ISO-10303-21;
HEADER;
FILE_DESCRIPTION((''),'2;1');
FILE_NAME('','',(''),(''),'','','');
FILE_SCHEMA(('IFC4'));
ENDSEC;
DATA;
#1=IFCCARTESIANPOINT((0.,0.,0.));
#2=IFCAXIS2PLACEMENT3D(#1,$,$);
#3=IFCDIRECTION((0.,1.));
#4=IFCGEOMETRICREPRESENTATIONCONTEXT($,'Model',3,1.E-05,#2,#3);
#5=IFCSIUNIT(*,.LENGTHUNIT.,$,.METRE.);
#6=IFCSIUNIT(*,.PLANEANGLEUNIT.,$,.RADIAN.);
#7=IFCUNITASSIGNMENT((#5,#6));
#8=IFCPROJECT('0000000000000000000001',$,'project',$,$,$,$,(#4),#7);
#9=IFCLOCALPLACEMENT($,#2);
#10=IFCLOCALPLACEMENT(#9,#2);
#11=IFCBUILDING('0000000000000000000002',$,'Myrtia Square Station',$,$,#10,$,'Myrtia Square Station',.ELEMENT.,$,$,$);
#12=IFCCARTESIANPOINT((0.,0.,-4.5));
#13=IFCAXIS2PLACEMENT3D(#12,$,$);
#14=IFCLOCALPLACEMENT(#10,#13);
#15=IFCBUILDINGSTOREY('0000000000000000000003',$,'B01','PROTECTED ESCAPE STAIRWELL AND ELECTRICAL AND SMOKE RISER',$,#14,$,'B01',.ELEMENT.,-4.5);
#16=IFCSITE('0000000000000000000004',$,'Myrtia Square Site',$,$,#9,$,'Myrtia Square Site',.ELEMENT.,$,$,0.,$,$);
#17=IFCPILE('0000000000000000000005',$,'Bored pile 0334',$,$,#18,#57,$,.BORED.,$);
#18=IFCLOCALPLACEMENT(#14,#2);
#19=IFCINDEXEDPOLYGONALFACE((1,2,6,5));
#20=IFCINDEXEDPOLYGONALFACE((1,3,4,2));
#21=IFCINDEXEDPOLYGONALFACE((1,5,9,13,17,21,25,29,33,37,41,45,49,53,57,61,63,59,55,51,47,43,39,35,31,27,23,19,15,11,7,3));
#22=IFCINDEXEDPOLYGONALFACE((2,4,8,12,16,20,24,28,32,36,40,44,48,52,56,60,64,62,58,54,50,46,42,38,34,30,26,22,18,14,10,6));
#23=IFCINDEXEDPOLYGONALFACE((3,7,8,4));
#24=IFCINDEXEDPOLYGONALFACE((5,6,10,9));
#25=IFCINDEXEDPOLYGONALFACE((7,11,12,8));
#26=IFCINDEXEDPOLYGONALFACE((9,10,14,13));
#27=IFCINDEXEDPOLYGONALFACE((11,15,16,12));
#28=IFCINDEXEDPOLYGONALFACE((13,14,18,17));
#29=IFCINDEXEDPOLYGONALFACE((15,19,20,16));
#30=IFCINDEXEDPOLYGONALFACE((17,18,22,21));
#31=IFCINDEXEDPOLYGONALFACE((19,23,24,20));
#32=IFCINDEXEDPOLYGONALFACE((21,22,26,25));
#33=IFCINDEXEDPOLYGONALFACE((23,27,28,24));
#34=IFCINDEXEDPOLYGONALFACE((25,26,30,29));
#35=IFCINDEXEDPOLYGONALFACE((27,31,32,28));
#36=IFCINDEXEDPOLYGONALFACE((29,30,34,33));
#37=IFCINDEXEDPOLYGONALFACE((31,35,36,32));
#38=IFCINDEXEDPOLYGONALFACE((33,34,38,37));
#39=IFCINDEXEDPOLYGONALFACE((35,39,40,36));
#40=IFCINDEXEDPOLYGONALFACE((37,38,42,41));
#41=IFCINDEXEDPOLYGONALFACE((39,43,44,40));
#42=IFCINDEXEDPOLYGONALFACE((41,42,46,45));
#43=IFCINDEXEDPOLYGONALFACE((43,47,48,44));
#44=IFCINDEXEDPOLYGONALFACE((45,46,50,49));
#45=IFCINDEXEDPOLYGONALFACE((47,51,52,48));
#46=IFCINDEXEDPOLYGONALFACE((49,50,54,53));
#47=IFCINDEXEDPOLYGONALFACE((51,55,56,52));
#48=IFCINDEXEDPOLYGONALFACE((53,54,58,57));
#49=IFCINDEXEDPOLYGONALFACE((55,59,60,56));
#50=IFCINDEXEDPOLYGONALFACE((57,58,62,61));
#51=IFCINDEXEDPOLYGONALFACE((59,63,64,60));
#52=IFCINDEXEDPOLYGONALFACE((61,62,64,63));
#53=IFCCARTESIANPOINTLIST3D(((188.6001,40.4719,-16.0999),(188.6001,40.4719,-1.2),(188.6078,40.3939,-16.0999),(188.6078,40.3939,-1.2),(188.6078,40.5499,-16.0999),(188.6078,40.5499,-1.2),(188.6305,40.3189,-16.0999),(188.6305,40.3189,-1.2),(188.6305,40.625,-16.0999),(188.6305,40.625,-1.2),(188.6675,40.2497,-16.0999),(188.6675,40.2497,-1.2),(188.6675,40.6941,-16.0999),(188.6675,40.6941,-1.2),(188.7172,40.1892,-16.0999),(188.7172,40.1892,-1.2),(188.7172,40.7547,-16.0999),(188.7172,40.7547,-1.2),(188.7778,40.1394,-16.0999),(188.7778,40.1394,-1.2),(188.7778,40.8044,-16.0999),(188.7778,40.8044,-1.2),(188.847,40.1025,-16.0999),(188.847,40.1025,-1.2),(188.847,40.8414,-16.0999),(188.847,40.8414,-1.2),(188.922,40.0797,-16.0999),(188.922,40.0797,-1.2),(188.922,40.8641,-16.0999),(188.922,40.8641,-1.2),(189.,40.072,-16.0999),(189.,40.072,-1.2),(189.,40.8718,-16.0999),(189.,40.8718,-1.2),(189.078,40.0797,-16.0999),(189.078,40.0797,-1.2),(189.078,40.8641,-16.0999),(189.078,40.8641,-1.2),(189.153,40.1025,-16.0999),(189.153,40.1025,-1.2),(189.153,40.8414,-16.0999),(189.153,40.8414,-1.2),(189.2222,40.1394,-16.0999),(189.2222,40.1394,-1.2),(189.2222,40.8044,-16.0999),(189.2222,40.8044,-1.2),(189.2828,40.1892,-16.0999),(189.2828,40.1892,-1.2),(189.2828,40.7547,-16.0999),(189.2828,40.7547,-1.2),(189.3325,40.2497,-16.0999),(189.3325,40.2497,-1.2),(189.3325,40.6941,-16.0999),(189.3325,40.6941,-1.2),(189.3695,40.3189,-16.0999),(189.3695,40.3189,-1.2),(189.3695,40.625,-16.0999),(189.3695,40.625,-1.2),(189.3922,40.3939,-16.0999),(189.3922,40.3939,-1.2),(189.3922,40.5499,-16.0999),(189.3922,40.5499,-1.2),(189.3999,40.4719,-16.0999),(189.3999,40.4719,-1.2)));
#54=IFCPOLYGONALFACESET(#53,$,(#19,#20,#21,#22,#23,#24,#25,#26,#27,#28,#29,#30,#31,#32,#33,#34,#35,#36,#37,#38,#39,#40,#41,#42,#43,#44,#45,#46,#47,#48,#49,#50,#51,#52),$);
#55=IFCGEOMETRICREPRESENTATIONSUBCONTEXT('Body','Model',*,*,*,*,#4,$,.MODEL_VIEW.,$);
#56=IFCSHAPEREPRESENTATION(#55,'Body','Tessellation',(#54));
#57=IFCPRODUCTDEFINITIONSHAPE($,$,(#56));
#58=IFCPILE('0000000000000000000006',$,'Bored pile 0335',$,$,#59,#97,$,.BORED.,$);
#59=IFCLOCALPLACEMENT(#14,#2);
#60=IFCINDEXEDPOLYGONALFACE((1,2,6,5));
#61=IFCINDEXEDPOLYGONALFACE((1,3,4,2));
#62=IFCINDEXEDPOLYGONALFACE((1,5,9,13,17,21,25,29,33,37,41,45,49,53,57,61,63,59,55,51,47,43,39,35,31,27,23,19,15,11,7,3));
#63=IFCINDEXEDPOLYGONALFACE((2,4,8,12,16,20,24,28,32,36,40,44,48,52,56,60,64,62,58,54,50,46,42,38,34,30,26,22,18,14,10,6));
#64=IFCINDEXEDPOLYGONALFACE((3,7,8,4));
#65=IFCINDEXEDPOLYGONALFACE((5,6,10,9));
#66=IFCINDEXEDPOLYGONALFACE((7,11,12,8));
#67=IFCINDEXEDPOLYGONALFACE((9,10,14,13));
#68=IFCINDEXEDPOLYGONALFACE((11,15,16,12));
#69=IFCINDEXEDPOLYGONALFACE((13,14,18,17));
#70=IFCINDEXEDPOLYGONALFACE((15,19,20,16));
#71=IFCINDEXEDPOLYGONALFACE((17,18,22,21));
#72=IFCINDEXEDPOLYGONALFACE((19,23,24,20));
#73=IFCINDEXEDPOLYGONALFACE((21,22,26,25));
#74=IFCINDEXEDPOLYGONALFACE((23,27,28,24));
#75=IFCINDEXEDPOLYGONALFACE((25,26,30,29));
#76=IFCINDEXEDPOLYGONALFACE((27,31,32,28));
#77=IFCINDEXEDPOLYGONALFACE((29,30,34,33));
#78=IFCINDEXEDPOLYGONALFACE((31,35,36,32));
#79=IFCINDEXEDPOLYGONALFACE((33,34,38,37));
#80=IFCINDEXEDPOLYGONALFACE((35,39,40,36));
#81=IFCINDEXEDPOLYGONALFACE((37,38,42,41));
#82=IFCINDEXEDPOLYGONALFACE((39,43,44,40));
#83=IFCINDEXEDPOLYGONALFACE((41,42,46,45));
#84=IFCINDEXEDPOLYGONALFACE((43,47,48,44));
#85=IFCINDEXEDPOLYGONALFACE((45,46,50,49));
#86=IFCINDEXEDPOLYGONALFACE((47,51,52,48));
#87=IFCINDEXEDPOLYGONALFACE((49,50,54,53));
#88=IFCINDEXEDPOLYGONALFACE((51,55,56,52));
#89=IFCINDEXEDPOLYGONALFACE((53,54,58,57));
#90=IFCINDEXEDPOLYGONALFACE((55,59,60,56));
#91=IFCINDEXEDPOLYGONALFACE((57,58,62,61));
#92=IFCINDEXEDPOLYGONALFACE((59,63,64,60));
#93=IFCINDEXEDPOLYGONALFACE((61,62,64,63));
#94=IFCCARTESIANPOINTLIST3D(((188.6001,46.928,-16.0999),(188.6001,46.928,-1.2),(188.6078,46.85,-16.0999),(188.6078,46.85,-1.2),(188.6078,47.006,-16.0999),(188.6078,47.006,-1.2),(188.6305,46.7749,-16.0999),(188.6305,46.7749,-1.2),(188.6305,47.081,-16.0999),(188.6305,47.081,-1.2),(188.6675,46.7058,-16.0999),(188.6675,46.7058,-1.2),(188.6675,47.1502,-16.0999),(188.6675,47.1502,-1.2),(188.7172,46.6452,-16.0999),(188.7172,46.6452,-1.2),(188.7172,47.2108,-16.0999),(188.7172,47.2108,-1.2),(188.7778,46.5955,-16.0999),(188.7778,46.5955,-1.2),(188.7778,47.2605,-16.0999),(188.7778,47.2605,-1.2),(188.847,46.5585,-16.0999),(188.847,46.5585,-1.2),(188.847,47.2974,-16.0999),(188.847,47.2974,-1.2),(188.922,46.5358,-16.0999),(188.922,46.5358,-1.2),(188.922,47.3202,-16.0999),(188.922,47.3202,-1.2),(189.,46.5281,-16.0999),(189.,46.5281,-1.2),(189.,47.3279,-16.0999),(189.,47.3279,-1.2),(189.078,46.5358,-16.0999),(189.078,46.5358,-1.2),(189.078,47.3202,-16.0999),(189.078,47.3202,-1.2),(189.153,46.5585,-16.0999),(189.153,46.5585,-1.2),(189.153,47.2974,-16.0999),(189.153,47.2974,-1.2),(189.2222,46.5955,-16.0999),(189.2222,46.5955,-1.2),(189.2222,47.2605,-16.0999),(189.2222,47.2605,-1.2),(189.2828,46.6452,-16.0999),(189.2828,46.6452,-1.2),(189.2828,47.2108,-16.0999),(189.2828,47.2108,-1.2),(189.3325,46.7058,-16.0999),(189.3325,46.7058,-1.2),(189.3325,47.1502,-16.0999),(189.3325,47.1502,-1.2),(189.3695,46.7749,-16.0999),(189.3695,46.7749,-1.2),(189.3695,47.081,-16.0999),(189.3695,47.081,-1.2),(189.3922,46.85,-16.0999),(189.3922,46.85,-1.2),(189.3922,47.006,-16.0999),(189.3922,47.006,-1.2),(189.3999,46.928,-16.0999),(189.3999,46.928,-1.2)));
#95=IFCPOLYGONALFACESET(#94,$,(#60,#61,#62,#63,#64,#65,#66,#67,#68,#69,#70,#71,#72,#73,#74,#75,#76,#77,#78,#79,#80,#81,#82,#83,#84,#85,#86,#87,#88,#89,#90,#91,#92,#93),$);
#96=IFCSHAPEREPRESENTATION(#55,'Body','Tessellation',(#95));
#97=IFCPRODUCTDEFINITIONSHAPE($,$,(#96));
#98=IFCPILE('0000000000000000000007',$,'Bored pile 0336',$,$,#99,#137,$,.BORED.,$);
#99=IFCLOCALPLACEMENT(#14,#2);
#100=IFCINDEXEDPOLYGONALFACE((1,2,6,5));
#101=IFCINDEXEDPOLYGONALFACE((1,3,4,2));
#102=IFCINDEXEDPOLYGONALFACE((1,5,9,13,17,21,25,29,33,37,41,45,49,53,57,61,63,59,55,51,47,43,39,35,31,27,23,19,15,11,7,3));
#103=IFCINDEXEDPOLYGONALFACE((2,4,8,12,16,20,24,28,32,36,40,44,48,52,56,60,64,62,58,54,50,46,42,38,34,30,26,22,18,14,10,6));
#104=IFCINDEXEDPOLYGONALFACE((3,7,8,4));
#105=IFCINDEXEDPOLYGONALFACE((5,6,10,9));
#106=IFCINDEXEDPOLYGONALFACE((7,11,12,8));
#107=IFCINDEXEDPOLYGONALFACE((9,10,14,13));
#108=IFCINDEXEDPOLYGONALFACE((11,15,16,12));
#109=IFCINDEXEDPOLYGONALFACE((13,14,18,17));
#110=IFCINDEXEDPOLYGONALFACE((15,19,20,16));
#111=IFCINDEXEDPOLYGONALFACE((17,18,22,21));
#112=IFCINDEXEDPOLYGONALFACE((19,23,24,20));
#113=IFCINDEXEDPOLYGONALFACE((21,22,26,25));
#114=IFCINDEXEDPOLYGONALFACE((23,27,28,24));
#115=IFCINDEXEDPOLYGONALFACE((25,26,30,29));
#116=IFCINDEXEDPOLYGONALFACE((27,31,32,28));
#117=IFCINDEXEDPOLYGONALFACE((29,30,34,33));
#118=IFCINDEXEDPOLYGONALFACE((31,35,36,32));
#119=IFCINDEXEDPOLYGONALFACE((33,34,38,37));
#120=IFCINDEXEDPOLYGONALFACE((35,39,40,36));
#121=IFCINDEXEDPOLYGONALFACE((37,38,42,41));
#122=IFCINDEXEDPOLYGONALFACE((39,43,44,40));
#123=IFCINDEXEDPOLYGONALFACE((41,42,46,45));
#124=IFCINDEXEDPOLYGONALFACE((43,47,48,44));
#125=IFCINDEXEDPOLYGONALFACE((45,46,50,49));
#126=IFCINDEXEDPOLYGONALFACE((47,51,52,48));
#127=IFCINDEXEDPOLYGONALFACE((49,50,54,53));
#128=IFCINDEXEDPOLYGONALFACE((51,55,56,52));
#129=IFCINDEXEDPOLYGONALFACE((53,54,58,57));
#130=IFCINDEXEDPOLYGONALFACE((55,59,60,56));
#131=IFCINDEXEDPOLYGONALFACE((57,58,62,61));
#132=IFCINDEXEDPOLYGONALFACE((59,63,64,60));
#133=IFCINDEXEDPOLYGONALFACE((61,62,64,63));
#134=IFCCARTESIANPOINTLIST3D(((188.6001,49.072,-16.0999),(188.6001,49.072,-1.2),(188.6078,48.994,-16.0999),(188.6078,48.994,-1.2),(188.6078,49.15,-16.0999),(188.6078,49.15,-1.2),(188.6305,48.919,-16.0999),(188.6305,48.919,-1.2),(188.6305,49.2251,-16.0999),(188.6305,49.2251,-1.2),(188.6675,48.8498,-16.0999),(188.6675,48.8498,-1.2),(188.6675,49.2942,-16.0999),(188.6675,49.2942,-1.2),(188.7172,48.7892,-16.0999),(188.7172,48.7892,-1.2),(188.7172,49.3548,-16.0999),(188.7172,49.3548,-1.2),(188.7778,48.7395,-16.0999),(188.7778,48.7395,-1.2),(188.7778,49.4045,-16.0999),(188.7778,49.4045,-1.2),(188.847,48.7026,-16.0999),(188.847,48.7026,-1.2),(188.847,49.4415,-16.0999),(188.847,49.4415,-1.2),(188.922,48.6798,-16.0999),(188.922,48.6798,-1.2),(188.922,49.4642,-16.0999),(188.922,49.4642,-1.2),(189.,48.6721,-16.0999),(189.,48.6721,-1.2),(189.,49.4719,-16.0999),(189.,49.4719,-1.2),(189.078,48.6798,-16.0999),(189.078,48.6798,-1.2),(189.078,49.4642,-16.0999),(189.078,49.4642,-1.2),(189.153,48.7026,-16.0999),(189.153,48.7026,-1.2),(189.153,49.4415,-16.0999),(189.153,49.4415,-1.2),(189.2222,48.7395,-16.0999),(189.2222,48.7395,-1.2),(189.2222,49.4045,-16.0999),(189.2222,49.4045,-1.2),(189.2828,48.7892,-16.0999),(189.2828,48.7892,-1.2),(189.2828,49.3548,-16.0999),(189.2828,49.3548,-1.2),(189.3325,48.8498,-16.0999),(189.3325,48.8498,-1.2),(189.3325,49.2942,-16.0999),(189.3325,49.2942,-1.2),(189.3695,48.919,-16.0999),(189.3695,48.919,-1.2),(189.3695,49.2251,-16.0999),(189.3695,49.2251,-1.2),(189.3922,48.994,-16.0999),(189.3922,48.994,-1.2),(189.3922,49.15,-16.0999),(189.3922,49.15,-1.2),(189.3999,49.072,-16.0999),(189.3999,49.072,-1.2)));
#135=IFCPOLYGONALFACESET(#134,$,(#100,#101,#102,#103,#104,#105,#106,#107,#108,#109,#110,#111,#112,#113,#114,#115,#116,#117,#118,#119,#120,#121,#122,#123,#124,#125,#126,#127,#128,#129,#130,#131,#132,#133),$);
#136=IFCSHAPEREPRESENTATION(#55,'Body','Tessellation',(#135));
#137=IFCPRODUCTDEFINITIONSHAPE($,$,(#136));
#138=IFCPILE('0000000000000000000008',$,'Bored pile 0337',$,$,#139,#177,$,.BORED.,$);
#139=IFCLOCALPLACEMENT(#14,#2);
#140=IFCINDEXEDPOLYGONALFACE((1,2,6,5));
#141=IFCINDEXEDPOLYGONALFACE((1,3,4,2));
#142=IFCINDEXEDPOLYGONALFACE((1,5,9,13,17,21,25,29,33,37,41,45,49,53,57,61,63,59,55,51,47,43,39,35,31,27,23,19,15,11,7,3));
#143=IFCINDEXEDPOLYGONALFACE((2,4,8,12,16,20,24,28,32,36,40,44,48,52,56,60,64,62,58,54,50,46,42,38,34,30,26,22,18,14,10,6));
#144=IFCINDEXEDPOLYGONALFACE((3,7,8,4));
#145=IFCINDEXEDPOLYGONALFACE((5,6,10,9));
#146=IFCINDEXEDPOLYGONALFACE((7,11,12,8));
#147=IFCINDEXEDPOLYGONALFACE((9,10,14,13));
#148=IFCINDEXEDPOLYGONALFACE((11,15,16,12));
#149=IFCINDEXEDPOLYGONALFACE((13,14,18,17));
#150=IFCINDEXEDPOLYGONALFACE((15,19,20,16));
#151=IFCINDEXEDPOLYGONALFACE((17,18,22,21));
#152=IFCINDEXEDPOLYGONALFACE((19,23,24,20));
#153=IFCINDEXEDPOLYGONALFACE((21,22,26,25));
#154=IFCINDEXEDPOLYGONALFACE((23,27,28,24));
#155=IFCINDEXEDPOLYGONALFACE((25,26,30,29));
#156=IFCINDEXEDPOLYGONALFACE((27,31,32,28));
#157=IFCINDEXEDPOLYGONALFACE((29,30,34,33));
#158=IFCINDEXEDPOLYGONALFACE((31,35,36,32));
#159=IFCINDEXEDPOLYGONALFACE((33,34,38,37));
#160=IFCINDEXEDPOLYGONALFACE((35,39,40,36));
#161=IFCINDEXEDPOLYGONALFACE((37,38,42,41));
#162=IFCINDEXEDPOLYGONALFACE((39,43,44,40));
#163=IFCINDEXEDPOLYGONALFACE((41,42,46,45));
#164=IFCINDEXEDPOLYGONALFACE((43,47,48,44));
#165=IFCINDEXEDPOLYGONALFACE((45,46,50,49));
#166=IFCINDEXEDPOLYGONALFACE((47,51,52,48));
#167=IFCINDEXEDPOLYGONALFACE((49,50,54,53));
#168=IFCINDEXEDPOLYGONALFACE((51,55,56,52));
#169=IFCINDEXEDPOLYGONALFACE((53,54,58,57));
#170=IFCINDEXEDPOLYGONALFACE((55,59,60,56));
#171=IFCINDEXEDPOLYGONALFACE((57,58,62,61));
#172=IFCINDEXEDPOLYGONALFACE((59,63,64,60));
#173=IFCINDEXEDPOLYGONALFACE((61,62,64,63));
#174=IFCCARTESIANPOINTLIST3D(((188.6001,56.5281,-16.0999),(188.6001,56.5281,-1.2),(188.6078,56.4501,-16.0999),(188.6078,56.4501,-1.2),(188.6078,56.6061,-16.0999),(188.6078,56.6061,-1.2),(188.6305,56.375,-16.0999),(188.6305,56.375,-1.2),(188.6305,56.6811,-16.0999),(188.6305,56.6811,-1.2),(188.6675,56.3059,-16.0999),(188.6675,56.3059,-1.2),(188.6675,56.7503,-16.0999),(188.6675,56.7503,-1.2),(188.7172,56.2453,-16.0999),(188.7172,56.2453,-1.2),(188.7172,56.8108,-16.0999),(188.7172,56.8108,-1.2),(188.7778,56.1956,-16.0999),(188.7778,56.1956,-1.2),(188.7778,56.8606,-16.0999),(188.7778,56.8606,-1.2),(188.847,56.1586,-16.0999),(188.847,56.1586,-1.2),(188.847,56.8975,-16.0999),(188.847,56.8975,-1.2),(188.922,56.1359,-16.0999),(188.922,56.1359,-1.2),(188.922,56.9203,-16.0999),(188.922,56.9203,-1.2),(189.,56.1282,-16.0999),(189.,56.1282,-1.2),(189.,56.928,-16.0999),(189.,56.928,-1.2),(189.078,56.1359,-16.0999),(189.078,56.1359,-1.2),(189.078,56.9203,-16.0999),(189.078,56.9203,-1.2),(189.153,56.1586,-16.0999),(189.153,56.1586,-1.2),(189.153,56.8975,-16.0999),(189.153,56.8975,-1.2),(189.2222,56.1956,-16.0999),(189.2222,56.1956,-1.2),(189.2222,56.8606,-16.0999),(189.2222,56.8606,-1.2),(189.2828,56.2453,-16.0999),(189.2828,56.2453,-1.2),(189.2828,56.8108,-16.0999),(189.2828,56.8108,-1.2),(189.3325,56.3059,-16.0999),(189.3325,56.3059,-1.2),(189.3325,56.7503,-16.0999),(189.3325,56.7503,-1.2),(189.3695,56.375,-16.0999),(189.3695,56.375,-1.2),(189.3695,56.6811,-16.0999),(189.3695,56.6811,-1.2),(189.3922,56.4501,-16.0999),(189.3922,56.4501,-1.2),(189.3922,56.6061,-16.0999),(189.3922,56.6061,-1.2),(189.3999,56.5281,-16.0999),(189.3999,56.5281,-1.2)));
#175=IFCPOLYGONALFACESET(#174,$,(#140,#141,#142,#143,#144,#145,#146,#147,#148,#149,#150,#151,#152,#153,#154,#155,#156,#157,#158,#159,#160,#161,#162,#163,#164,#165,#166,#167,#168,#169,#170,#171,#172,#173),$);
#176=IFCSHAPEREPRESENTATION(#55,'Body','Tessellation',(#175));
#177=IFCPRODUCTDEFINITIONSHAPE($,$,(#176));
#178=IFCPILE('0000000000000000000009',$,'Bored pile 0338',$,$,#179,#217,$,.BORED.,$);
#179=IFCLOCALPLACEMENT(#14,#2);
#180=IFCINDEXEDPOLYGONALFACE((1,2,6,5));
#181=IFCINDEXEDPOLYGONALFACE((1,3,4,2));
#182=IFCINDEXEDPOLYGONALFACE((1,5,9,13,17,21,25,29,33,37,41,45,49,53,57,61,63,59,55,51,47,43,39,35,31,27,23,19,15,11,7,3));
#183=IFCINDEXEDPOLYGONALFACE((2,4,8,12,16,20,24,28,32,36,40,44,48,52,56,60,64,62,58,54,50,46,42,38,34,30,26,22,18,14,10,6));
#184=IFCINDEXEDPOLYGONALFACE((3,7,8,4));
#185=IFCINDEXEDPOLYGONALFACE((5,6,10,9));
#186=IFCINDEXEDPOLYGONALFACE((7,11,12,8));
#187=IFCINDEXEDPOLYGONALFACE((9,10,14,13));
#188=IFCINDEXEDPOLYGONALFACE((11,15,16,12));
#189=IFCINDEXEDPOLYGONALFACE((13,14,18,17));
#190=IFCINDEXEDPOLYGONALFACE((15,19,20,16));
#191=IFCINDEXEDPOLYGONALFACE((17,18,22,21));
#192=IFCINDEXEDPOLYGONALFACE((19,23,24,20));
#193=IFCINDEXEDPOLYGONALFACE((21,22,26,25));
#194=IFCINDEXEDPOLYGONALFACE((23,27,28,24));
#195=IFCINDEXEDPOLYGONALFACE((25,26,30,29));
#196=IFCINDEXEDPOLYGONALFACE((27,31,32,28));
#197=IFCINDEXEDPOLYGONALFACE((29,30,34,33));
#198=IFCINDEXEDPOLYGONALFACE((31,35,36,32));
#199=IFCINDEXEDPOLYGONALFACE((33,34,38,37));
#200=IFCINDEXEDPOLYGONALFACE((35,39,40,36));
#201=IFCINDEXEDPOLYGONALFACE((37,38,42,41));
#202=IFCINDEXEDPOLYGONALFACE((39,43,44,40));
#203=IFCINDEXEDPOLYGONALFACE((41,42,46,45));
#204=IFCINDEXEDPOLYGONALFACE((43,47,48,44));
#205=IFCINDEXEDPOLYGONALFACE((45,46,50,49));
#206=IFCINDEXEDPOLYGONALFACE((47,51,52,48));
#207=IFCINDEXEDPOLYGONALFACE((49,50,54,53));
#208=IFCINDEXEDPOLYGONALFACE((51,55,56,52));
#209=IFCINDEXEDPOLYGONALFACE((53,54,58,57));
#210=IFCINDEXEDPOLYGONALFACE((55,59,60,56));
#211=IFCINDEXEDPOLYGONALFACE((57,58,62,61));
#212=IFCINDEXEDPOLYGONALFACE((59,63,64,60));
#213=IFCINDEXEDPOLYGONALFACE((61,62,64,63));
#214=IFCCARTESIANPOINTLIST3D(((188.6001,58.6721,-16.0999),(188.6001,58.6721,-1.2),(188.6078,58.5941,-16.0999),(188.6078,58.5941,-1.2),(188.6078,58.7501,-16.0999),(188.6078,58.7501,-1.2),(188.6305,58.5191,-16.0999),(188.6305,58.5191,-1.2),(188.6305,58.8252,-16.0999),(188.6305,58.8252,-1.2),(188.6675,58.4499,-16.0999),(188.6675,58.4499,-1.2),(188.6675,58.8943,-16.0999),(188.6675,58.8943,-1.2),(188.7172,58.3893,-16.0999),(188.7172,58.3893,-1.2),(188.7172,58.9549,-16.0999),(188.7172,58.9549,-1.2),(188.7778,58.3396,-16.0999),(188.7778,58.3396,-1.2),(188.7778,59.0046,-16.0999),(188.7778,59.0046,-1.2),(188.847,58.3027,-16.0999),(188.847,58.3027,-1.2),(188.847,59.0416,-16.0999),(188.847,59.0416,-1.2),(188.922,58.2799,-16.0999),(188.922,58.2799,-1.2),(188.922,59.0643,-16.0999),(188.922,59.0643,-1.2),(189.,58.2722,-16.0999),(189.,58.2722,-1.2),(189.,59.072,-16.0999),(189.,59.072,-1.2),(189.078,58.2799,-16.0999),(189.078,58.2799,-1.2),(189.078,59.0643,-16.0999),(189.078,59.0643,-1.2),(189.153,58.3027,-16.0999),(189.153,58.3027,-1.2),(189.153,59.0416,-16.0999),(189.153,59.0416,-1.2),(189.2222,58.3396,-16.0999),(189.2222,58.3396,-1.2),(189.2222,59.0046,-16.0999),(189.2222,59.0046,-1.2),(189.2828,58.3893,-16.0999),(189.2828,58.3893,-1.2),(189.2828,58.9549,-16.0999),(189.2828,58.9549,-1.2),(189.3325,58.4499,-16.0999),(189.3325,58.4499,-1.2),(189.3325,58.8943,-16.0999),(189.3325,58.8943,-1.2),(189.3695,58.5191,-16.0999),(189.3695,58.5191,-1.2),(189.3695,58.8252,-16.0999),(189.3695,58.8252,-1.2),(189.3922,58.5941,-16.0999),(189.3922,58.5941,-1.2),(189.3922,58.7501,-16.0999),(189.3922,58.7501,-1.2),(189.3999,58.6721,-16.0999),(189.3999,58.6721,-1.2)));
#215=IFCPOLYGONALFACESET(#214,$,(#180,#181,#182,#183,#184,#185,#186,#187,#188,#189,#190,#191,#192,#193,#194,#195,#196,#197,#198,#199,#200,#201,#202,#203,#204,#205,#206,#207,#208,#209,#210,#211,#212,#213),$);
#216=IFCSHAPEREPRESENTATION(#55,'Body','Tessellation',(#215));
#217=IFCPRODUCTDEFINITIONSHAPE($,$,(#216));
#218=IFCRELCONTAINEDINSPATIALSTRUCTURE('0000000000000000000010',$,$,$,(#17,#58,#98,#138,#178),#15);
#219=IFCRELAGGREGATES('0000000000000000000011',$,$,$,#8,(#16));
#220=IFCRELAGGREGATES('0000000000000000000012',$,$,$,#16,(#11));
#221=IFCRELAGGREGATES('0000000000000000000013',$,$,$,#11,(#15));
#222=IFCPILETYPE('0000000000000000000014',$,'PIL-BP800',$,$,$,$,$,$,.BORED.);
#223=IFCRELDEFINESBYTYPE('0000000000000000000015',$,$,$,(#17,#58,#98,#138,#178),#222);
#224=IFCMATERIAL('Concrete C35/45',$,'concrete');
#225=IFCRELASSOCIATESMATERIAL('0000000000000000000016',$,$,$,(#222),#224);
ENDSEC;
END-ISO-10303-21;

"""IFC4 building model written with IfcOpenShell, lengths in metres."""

from ifc_helpers import new_model, si_unit, direction, frame, origin, origin_2d, place, context, subcontext, project, spatial, circle, extrude, material, material_profile, profile_set, type_object, element, save


model = new_model("IFC4")

# Units and contexts
model_context = context("Model", 3, precision=1e-05, world=origin(), true_north=direction((0.0, 1.0)))
body_context = subcontext(model_context, "Body", "Model", "MODEL_VIEW")
ifc_project = project(units=[si_unit("LENGTHUNIT", "METRE"), si_unit("PLANEANGLEUNIT", "RADIAN")], contexts=[model_context])

# Site, building, storey
site_placement = place(None, origin())
site = spatial("IfcSite", under=ifc_project, at=site_placement, Name="Myrtia Square Site", LongName="Myrtia Square Site", CompositionType="ELEMENT", RefElevation=0.0)
building_placement = place(site_placement, origin())
building = spatial("IfcBuilding", under=site, at=building_placement, Name="Myrtia Square Station", LongName="Myrtia Square Station", CompositionType="ELEMENT")
storey_placement = place(building_placement, frame((0.0, 0.0, -4.5)))
storey = spatial("IfcBuildingStorey", under=building, at=storey_placement, Name="B01", Description="PROTECTED ESCAPE STAIRWELL AND ELECTRICAL AND SMOKE RISER", LongName="B01", CompositionType="ELEMENT", Elevation=-4.5)

# Shared definitions
ifc_material_1 = material(Name="Concrete C35/45", Category="concrete")

# Piles
ifc_material_profile_1 = material_profile(ifc_material_1, circle(Radius=0.3999, at=origin_2d()), Name="BP D800")
ifc_profile_set_1 = profile_set([ifc_material_profile_1], Name="Concrete C35/45")
pile_type_1 = type_object("IfcPileType", Name="PIL-BP800", PredefinedType="BORED", material=ifc_profile_set_1)
for number, where, z_axis, x_axis, name in (
    (1, (189.0, 40.4719, -1.2), (0.0, 0.0, -1.0), (1.0, 0.0, 0.0), "Bored pile 0334"),
    (2, (189.0, 46.928, -1.2), (0.0, 0.0, -1.0), (1.0, 0.0, 0.0), "Bored pile 0335"),
    (3, (189.0, 49.072, -1.2), (0.0, 0.0, -1.0), (1.0, 0.0, 0.0), "Bored pile 0336"),
    (4, (189.0, 56.5281, -1.2), (0.0, 0.0, -1.0), (1.0, 0.0, 0.0), "Bored pile 0337"),
    (5, (189.0, 58.6721, -1.2), (0.0, 0.0, -1.0), (1.0, 0.0, 0.0), "Bored pile 0338"),
):
    element("IfcPile", number, at=place(storey_placement, frame(where, z_axis=z_axis, x_axis=x_axis)), inside=storey, type_object=pile_type_1, Name=name, PredefinedType="BORED", context=body_context, shape_type="SweptSolid", body=[
        extrude(circle(Radius=0.3999, at=origin_2d()), origin(), (0.0, 0.0, 1.0), 14.8999),
    ])

save(model, "model.ifc")
